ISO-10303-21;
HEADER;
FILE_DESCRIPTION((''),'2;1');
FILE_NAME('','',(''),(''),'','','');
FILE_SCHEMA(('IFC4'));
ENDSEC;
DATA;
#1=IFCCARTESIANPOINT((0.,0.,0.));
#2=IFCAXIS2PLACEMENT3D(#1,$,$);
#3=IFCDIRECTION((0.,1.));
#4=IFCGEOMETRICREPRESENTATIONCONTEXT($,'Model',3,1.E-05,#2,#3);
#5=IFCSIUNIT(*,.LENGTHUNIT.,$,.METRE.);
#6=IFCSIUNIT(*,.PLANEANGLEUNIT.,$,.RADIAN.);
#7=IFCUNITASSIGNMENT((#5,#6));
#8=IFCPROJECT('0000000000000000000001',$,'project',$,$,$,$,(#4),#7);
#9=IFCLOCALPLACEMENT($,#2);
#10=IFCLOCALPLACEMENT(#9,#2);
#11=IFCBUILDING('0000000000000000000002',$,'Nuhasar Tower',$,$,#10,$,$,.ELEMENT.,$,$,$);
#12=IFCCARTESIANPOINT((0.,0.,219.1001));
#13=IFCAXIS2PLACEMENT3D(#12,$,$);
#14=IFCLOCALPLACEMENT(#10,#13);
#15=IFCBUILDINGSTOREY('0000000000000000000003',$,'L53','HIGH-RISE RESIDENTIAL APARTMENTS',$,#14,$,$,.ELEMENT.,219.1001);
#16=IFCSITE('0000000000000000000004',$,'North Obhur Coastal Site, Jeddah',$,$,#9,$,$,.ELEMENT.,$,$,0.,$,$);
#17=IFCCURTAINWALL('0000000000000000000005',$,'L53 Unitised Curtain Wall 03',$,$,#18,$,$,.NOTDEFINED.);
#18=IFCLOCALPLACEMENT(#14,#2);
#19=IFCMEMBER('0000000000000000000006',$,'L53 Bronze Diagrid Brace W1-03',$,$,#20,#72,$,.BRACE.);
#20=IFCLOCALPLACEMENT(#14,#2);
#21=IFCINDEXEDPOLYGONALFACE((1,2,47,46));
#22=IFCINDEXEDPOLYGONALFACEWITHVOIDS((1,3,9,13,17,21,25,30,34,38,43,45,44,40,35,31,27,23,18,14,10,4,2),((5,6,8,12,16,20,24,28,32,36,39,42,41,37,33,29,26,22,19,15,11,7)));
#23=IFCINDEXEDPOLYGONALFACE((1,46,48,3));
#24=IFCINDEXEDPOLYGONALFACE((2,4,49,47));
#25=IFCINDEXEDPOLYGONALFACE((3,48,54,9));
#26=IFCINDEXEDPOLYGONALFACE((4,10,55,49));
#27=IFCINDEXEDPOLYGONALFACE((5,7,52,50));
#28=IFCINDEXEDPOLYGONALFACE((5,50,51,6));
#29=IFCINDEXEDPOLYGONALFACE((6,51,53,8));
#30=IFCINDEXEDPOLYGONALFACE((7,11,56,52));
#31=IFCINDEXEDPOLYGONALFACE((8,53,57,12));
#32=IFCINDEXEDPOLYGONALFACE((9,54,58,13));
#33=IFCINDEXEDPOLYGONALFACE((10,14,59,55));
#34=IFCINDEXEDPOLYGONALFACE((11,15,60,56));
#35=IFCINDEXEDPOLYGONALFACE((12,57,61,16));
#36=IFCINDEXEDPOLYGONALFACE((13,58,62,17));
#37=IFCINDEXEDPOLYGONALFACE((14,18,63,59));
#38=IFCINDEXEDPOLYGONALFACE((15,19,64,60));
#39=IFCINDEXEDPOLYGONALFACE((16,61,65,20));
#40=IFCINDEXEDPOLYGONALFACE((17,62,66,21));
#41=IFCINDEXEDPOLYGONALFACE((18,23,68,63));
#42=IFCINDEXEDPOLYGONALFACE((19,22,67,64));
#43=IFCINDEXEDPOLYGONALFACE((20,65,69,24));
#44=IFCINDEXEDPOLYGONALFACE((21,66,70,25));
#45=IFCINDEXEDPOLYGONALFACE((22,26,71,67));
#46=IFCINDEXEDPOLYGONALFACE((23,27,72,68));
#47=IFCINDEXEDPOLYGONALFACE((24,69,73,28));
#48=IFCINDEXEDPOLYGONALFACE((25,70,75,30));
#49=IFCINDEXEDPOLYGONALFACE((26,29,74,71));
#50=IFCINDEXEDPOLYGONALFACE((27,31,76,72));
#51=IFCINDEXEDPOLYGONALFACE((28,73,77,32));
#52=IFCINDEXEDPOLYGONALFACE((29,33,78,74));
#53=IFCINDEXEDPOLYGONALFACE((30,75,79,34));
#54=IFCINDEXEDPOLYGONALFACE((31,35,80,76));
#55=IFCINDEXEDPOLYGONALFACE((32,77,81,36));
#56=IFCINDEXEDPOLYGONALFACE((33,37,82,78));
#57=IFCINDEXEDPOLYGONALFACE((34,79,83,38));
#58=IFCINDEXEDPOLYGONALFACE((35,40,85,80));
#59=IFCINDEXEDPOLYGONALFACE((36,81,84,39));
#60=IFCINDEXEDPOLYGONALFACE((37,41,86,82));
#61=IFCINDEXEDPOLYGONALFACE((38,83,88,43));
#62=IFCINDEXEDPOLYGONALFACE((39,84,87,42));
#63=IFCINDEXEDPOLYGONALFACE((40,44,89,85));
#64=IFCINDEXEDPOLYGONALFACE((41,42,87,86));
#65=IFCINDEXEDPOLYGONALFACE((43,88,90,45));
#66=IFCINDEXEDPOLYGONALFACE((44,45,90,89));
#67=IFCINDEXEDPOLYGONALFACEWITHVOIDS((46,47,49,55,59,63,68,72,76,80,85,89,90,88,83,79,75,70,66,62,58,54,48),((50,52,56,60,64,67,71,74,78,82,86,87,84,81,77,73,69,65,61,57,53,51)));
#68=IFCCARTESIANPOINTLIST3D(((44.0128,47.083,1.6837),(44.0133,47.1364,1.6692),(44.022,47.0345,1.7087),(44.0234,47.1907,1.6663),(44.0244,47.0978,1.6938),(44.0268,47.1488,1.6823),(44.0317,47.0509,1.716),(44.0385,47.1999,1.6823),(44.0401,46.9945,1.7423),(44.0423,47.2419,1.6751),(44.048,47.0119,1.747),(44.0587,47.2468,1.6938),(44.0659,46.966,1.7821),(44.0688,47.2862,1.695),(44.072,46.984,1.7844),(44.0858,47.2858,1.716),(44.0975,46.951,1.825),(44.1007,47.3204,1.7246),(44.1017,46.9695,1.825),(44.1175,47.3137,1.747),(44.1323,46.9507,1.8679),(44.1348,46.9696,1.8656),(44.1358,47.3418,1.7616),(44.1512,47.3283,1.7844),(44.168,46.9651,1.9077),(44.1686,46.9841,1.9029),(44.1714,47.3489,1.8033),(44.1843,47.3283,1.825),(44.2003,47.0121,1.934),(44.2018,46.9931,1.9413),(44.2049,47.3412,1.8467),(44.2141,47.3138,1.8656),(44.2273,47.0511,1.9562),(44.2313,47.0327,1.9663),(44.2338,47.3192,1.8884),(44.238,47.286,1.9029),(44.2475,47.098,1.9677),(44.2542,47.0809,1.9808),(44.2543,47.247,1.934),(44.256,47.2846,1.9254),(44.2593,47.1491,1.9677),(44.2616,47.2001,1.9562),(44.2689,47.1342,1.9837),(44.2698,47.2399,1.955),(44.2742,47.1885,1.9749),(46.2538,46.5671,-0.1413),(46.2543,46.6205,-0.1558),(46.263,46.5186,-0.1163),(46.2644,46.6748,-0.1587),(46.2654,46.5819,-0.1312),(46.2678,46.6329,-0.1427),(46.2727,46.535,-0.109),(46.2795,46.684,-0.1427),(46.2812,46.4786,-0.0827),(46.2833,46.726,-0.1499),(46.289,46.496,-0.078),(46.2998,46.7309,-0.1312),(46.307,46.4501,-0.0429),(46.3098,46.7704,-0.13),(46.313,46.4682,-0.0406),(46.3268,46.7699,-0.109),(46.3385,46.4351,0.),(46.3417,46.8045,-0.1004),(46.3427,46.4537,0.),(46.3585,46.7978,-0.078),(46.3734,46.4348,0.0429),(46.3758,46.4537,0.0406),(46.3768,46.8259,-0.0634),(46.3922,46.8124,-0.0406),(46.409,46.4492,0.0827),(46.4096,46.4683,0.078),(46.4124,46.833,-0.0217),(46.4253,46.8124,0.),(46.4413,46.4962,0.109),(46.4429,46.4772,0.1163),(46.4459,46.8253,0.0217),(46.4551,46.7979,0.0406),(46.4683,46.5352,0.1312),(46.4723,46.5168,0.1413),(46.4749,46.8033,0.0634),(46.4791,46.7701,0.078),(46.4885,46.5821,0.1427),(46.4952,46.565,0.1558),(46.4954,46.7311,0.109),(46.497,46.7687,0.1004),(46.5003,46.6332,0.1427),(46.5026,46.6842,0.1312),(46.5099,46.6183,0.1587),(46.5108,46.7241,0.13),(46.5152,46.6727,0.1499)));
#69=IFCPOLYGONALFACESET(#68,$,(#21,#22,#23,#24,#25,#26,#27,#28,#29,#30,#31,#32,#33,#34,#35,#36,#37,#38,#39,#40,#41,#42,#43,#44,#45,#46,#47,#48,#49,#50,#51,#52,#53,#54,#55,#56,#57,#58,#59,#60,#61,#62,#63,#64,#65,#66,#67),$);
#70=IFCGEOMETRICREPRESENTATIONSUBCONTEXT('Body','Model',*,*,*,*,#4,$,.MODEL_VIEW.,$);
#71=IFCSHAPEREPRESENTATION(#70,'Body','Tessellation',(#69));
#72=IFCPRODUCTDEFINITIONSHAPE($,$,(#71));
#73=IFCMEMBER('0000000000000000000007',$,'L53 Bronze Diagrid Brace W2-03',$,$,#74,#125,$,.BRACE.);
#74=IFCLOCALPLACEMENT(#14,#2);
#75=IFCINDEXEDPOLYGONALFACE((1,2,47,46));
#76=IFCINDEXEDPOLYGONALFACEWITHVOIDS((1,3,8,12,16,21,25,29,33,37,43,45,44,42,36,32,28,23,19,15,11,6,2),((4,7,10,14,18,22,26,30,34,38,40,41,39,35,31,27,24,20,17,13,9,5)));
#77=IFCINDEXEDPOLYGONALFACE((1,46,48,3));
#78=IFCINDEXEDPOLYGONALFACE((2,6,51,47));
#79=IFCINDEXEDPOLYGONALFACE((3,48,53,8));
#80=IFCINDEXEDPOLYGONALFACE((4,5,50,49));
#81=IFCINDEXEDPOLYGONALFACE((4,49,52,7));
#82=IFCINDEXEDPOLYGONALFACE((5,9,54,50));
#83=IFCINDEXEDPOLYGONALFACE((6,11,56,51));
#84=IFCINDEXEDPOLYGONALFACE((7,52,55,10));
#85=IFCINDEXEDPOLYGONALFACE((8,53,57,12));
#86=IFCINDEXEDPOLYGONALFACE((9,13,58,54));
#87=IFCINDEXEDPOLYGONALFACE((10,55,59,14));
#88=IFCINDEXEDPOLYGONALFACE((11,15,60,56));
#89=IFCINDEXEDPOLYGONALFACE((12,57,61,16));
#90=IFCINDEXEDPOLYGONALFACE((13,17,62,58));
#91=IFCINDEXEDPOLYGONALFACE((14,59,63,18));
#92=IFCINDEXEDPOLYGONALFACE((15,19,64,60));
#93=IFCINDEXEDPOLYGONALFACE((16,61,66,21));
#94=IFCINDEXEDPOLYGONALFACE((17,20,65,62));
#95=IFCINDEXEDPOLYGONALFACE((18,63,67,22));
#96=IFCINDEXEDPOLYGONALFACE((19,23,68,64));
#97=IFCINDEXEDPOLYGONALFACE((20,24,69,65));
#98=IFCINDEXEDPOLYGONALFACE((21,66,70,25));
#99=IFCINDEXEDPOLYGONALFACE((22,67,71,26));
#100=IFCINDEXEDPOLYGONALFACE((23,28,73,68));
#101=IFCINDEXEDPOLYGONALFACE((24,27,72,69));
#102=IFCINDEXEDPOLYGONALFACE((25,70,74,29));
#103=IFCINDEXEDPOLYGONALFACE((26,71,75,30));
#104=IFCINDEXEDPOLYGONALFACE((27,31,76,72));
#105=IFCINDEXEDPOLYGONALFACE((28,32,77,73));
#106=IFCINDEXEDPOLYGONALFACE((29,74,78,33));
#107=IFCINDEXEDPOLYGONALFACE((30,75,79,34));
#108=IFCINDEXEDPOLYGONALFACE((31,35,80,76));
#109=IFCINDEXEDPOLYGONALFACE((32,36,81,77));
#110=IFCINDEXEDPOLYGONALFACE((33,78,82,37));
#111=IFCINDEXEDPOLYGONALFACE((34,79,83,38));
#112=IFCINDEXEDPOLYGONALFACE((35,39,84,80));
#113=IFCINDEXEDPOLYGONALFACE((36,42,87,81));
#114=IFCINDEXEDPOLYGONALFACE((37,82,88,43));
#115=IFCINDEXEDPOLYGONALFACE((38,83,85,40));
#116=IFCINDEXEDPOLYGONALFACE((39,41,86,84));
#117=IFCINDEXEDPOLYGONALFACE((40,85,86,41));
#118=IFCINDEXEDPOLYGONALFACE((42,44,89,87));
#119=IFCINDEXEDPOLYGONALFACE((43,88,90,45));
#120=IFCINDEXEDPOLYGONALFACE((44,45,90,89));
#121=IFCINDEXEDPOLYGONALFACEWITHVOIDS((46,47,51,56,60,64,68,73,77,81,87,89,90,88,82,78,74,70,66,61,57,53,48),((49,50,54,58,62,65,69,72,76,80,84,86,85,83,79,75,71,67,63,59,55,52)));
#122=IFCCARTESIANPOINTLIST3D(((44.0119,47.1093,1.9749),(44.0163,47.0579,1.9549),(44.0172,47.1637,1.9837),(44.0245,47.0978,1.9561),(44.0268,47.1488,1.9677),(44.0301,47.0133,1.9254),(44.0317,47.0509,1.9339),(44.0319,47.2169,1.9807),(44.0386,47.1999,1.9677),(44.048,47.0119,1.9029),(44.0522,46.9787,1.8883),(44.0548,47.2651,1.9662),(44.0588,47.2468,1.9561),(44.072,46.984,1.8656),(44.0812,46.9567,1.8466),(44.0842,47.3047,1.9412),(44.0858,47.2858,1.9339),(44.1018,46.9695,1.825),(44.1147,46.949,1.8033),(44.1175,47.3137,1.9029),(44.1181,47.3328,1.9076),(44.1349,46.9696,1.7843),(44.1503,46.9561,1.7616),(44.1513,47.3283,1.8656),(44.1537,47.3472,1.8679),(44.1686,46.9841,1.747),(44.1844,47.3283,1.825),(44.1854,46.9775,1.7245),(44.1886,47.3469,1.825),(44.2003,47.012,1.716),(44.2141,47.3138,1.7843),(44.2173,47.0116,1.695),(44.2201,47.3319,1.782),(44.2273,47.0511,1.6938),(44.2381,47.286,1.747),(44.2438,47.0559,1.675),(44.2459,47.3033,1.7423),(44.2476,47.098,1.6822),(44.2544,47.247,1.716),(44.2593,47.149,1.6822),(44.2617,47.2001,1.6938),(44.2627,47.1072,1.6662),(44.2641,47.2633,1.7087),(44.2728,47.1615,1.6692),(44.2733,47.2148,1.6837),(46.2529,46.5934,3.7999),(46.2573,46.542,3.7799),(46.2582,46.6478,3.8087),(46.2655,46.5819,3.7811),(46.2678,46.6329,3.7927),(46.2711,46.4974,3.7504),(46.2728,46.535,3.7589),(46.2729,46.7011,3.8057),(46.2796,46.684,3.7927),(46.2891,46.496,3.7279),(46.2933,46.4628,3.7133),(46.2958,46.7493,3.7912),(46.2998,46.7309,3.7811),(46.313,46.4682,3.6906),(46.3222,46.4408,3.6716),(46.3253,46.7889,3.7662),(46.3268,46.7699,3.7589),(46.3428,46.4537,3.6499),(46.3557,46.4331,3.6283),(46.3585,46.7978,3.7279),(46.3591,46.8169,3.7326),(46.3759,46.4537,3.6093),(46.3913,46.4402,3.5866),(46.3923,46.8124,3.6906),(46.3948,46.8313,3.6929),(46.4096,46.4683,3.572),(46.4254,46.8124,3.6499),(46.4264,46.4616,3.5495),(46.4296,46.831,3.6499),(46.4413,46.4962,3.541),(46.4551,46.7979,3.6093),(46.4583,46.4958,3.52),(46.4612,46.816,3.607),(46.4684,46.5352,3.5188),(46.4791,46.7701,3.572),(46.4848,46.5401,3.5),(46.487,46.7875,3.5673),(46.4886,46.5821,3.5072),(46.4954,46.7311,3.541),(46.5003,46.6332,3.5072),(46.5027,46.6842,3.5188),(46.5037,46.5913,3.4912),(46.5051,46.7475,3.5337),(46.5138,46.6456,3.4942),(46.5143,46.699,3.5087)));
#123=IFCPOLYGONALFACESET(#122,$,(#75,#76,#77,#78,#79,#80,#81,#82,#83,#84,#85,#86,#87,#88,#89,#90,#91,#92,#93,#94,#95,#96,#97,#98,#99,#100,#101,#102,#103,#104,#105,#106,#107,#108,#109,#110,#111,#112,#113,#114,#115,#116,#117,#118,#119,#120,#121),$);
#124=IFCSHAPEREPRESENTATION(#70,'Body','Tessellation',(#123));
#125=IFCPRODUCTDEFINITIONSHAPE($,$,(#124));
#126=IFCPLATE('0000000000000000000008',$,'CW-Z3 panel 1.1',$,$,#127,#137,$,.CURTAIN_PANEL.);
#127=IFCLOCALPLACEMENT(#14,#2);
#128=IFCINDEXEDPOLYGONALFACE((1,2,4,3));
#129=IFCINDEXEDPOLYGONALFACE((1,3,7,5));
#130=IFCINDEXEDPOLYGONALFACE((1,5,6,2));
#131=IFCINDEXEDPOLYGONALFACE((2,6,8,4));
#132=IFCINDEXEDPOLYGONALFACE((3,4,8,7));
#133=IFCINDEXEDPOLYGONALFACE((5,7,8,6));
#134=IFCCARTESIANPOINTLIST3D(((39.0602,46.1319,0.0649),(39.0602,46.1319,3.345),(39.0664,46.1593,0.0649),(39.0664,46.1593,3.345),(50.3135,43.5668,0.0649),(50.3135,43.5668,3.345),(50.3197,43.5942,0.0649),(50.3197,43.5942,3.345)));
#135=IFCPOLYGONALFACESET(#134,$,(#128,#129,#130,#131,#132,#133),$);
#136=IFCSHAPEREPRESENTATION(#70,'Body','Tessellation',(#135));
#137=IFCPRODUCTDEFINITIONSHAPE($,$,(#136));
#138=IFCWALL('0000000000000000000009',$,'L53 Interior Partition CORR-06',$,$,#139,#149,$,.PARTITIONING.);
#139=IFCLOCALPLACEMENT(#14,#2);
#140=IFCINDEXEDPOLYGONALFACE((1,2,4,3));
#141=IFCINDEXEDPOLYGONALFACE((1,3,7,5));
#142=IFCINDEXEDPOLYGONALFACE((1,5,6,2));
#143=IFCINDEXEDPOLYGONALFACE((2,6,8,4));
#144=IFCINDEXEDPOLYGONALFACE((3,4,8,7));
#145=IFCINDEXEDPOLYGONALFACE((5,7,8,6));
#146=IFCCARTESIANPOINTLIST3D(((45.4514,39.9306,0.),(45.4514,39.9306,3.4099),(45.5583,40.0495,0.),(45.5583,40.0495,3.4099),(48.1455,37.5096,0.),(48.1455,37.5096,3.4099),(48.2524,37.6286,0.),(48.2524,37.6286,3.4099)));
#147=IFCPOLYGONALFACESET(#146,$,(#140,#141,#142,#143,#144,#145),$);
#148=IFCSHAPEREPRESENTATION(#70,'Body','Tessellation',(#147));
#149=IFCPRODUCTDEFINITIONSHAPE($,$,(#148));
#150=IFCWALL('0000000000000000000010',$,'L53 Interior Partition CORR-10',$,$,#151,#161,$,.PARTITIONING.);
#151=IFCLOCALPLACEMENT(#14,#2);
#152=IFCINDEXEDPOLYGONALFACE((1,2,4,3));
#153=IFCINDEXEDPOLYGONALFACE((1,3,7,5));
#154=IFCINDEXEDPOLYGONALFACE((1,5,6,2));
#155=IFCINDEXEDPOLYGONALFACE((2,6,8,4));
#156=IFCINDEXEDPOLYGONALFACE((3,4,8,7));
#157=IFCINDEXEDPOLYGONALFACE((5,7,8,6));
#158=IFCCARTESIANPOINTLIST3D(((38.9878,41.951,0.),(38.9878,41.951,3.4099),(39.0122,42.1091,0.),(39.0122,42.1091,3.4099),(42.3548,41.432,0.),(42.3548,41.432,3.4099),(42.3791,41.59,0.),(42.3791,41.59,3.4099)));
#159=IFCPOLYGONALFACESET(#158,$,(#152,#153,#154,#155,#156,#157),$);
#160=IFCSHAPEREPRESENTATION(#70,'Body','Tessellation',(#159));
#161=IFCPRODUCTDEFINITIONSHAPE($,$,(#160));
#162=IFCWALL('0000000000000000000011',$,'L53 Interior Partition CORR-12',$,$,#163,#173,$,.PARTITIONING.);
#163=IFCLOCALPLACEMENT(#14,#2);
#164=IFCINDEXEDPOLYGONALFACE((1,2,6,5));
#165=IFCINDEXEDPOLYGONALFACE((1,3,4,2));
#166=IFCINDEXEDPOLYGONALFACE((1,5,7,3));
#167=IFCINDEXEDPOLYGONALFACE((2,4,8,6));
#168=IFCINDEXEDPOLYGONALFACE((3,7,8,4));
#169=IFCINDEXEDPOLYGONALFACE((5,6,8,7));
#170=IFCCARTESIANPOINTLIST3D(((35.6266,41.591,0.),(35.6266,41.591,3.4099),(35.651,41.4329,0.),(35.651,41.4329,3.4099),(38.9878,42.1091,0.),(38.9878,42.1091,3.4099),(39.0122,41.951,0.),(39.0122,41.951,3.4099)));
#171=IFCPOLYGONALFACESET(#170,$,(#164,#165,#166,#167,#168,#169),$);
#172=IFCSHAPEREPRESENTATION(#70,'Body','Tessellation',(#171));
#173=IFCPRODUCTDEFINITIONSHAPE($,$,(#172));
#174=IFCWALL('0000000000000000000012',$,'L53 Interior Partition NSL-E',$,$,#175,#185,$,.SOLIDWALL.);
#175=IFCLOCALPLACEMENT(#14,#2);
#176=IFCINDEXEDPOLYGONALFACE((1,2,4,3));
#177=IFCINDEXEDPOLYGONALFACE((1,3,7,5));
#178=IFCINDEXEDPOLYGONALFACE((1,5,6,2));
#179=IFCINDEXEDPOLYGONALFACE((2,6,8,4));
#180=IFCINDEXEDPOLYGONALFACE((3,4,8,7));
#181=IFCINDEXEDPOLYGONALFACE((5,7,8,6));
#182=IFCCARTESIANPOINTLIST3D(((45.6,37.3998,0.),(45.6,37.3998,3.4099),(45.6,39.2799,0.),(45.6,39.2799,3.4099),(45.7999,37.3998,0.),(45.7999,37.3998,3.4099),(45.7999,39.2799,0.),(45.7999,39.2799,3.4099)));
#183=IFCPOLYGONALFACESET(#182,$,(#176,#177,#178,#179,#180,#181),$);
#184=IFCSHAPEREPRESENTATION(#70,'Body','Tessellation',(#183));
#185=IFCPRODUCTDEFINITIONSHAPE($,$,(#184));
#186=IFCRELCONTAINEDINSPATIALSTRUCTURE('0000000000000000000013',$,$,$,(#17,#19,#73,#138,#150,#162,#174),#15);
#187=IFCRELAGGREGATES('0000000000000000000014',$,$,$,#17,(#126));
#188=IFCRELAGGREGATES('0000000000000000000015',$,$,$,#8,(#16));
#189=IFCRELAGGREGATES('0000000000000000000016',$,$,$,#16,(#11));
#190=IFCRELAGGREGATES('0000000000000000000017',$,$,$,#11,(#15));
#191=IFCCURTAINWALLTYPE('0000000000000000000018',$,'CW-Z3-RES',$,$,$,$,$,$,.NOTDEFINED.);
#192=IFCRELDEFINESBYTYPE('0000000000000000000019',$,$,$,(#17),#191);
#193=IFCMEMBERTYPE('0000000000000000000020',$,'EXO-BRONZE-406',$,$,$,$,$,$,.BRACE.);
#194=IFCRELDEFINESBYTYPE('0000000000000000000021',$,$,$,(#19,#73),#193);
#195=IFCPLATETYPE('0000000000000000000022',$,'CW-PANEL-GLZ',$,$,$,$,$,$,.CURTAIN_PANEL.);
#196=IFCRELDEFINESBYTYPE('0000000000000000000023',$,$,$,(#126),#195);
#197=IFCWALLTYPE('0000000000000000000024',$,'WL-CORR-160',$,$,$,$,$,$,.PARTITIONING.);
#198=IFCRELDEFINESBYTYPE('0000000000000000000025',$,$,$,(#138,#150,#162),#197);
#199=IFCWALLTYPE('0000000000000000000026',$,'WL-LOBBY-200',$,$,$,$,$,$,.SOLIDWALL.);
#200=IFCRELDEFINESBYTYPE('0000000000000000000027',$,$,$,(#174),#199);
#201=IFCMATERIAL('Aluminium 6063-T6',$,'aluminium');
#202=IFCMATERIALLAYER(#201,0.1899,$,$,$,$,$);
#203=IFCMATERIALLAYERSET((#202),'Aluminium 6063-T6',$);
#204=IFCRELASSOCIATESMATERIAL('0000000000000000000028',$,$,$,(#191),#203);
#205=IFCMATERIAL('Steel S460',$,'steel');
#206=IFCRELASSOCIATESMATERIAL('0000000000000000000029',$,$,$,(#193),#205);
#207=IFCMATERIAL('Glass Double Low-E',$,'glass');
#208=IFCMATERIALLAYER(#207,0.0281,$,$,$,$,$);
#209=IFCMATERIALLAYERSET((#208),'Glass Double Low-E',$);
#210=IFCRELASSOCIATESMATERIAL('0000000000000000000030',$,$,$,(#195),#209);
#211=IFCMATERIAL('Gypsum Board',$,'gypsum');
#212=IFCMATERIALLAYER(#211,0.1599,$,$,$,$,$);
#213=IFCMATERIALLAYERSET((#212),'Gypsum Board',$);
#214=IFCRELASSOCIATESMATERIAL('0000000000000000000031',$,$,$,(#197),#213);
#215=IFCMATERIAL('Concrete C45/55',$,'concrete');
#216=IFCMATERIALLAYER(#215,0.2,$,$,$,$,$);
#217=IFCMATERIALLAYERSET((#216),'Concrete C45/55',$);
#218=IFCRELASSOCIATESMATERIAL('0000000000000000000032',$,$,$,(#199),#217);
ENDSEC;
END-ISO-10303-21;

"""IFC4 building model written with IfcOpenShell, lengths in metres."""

from ifc_helpers import new_model, si_unit, direction, frame, frame_2d, origin, origin_2d, place, context, subcontext, project, spatial, rectangle, hollow_circle, extrude, material, layer, layer_set, material_profile, profile_set, type_object, element, aggregate, save


model = new_model("IFC4")

# Units and contexts
model_context = context("Model", 3, precision=1e-05, world=origin(), true_north=direction((0.0, 1.0)))
body_context = subcontext(model_context, "Body", "Model", "MODEL_VIEW")
ifc_project = project(units=[si_unit("LENGTHUNIT", "METRE"), si_unit("PLANEANGLEUNIT", "RADIAN")], contexts=[model_context])

# Site, building, storey
site_placement = place(None, origin())
site = spatial("IfcSite", under=ifc_project, at=site_placement, Name="North Obhur Coastal Site, Jeddah", CompositionType="ELEMENT", RefElevation=0.0)
building_placement = place(site_placement, origin())
building = spatial("IfcBuilding", under=site, at=building_placement, Name="Nuhasar Tower", CompositionType="ELEMENT")
storey_placement = place(building_placement, frame((0.0, 0.0, 219.1001)))
storey = spatial("IfcBuildingStorey", under=building, at=storey_placement, Name="L53", Description="HIGH-RISE RESIDENTIAL APARTMENTS", CompositionType="ELEMENT", Elevation=219.1001)

# Curtain wall
ifc_material_1 = material(Name="Aluminium 6063-T6", Category="aluminium")
ifc_layer_1 = layer(ifc_material_1, 0.1899)
ifc_layer_set_1 = layer_set([ifc_layer_1], Name="Aluminium 6063-T6")
curtain_wall_type = type_object("IfcCurtainWallType", Name="CW-Z3-RES", PredefinedType="NOTDEFINED", material=ifc_layer_set_1)
curtain_wall_1_placement = place(storey_placement, origin())
curtain_wall_1 = element("IfcCurtainWall", 1, at=curtain_wall_1_placement, inside=storey, type_object=curtain_wall_type, Name="L53 Unitised Curtain Wall 03", PredefinedType="NOTDEFINED")

# Members
ifc_material_2 = material(Name="Steel S460", Category="steel")
ifc_material_profile_1 = material_profile(ifc_material_2, hollow_circle(Radius=0.2031, WallThickness=0.019, at=origin_2d()), Name="HSS406.4X19.1")
ifc_profile_set_1 = profile_set([ifc_material_profile_1], Name="Steel S460")
member_type_1 = type_object("IfcMemberType", Name="EXO-BRONZE-406", PredefinedType="BRACE", material=ifc_profile_set_1)
for number, where, z_axis, x_axis, name in (
    (2, (46.384, 46.6331, 0.0), (-0.763343, 0.175721, 0.621635), (-0.224332, -0.974513, 0.0), "L53 Bronze Diagrid Brace W1-03"),
    (3, (44.1431, 47.1489, 1.825), (0.763343, -0.175721, 0.621635), (0.224332, 0.974513, 0.0), "L53 Bronze Diagrid Brace W2-03"),
):
    element("IfcMember", number, at=place(storey_placement, frame(where, z_axis=z_axis, x_axis=x_axis)), inside=storey, type_object=member_type_1, Name=name, PredefinedType="BRACE", context=body_context, shape_type="SweptSolid", body=[
        extrude(hollow_circle(Radius=0.2031, WallThickness=0.019, at=origin_2d()), origin(), (0.0, 0.0, 1.0), 2.9358),
    ])

# Plate
ifc_material_3 = material(Name="Glass Double Low-E", Category="glass")
ifc_layer_2 = layer(ifc_material_3, 0.0281)
ifc_layer_set_2 = layer_set([ifc_layer_2], Name="Glass Double Low-E")
plate_type = type_object("IfcPlateType", Name="CW-PANEL-GLZ", PredefinedType="CURTAIN_PANEL", material=ifc_layer_set_2)
plate_placement = place(storey_placement, frame((44.6899, 44.863, 0.0649), z_axis=(0.0, 0.0, 1.0), x_axis=(-0.974991, 0.222243, 0.0)))
plate = element("IfcPlate", 4, at=plate_placement, type_object=plate_type, Name="CW-Z3 panel 1.1", PredefinedType="CURTAIN_PANEL", context=body_context, shape_type="SweptSolid", body=[
    extrude(rectangle(XDim=11.542, YDim=0.0281, at=origin_2d()), origin(), (0.0, 0.0, 1.0), 3.28),
])
aggregate(curtain_wall_1, [plate])

# Shared definitions
ifc_material_4 = material(Name="Gypsum Board", Category="gypsum")
ifc_layer_3 = layer(ifc_material_4, 0.1599)
ifc_layer_set_3 = layer_set([ifc_layer_3], Name="Gypsum Board")
wall_type_1 = type_object("IfcWallType", Name="WL-CORR-160", PredefinedType="PARTITIONING", material=ifc_layer_set_3)

# Wall
wall_1_placement = place(storey_placement, frame((48.199, 37.5691, 0.0), z_axis=(0.0, 0.0, 1.0), x_axis=(-0.743813, 0.668387, 0.0)))
element("IfcWall", 5, at=wall_1_placement, inside=storey, type_object=wall_type_1, Name="L53 Interior Partition CORR-06", PredefinedType="PARTITIONING", context=body_context, shape_type="SweptSolid", body=[
    extrude(rectangle(XDim=3.6221, YDim=0.1599, at=frame_2d((1.811, 0.0))), origin(), (0.0, 0.0, 1.0), 3.4099),
])

# Walls
wall_2_placement = place(storey_placement, frame((42.3669, 41.511, 0.0), z_axis=(0.0, 0.0, 1.0), x_axis=(-0.988325, 0.152359, 0.0)))
element("IfcWall", 6, at=wall_2_placement, inside=storey, type_object=wall_type_1, Name="L53 Interior Partition CORR-10", PredefinedType="PARTITIONING", context=body_context, shape_type="SweptSolid", body=[
    extrude(rectangle(XDim=3.4067, YDim=0.1599, at=frame_2d((1.7034, 0.0))), origin(), (0.0, 0.0, 1.0), 3.4099),
])
wall_3_placement = place(storey_placement, frame((39.0, 42.03, 0.0), z_axis=(0.0, 0.0, 1.0), x_axis=(-0.988329, -0.152338, 0.0)))
element("IfcWall", 7, at=wall_3_placement, inside=storey, type_object=wall_type_1, Name="L53 Interior Partition CORR-12", PredefinedType="PARTITIONING", context=body_context, shape_type="SweptSolid", body=[
    extrude(rectangle(XDim=3.4009, YDim=0.1599, at=frame_2d((1.7004, 0.0))), origin(), (0.0, 0.0, 1.0), 3.4099),
])
ifc_material_5 = material(Name="Concrete C45/55", Category="concrete")
ifc_layer_4 = layer(ifc_material_5, 0.2)
ifc_layer_set_4 = layer_set([ifc_layer_4], Name="Concrete C45/55")
wall_type_2 = type_object("IfcWallType", Name="WL-LOBBY-200", PredefinedType="SOLIDWALL", material=ifc_layer_set_4)
wall_4_placement = place(storey_placement, frame((45.7, 37.3999, 0.0), z_axis=(0.0, 0.0, 1.0), x_axis=(0.0, 1.0, 0.0)))
element("IfcWall", 8, at=wall_4_placement, inside=storey, type_object=wall_type_2, Name="L53 Interior Partition NSL-E", PredefinedType="SOLIDWALL", context=body_context, shape_type="SweptSolid", body=[
    extrude(rectangle(XDim=1.8801, YDim=0.2, at=frame_2d((0.9399, 0.0))), origin(), (0.0, 0.0, 1.0), 3.4099),
])

save(model, "model.ifc")
